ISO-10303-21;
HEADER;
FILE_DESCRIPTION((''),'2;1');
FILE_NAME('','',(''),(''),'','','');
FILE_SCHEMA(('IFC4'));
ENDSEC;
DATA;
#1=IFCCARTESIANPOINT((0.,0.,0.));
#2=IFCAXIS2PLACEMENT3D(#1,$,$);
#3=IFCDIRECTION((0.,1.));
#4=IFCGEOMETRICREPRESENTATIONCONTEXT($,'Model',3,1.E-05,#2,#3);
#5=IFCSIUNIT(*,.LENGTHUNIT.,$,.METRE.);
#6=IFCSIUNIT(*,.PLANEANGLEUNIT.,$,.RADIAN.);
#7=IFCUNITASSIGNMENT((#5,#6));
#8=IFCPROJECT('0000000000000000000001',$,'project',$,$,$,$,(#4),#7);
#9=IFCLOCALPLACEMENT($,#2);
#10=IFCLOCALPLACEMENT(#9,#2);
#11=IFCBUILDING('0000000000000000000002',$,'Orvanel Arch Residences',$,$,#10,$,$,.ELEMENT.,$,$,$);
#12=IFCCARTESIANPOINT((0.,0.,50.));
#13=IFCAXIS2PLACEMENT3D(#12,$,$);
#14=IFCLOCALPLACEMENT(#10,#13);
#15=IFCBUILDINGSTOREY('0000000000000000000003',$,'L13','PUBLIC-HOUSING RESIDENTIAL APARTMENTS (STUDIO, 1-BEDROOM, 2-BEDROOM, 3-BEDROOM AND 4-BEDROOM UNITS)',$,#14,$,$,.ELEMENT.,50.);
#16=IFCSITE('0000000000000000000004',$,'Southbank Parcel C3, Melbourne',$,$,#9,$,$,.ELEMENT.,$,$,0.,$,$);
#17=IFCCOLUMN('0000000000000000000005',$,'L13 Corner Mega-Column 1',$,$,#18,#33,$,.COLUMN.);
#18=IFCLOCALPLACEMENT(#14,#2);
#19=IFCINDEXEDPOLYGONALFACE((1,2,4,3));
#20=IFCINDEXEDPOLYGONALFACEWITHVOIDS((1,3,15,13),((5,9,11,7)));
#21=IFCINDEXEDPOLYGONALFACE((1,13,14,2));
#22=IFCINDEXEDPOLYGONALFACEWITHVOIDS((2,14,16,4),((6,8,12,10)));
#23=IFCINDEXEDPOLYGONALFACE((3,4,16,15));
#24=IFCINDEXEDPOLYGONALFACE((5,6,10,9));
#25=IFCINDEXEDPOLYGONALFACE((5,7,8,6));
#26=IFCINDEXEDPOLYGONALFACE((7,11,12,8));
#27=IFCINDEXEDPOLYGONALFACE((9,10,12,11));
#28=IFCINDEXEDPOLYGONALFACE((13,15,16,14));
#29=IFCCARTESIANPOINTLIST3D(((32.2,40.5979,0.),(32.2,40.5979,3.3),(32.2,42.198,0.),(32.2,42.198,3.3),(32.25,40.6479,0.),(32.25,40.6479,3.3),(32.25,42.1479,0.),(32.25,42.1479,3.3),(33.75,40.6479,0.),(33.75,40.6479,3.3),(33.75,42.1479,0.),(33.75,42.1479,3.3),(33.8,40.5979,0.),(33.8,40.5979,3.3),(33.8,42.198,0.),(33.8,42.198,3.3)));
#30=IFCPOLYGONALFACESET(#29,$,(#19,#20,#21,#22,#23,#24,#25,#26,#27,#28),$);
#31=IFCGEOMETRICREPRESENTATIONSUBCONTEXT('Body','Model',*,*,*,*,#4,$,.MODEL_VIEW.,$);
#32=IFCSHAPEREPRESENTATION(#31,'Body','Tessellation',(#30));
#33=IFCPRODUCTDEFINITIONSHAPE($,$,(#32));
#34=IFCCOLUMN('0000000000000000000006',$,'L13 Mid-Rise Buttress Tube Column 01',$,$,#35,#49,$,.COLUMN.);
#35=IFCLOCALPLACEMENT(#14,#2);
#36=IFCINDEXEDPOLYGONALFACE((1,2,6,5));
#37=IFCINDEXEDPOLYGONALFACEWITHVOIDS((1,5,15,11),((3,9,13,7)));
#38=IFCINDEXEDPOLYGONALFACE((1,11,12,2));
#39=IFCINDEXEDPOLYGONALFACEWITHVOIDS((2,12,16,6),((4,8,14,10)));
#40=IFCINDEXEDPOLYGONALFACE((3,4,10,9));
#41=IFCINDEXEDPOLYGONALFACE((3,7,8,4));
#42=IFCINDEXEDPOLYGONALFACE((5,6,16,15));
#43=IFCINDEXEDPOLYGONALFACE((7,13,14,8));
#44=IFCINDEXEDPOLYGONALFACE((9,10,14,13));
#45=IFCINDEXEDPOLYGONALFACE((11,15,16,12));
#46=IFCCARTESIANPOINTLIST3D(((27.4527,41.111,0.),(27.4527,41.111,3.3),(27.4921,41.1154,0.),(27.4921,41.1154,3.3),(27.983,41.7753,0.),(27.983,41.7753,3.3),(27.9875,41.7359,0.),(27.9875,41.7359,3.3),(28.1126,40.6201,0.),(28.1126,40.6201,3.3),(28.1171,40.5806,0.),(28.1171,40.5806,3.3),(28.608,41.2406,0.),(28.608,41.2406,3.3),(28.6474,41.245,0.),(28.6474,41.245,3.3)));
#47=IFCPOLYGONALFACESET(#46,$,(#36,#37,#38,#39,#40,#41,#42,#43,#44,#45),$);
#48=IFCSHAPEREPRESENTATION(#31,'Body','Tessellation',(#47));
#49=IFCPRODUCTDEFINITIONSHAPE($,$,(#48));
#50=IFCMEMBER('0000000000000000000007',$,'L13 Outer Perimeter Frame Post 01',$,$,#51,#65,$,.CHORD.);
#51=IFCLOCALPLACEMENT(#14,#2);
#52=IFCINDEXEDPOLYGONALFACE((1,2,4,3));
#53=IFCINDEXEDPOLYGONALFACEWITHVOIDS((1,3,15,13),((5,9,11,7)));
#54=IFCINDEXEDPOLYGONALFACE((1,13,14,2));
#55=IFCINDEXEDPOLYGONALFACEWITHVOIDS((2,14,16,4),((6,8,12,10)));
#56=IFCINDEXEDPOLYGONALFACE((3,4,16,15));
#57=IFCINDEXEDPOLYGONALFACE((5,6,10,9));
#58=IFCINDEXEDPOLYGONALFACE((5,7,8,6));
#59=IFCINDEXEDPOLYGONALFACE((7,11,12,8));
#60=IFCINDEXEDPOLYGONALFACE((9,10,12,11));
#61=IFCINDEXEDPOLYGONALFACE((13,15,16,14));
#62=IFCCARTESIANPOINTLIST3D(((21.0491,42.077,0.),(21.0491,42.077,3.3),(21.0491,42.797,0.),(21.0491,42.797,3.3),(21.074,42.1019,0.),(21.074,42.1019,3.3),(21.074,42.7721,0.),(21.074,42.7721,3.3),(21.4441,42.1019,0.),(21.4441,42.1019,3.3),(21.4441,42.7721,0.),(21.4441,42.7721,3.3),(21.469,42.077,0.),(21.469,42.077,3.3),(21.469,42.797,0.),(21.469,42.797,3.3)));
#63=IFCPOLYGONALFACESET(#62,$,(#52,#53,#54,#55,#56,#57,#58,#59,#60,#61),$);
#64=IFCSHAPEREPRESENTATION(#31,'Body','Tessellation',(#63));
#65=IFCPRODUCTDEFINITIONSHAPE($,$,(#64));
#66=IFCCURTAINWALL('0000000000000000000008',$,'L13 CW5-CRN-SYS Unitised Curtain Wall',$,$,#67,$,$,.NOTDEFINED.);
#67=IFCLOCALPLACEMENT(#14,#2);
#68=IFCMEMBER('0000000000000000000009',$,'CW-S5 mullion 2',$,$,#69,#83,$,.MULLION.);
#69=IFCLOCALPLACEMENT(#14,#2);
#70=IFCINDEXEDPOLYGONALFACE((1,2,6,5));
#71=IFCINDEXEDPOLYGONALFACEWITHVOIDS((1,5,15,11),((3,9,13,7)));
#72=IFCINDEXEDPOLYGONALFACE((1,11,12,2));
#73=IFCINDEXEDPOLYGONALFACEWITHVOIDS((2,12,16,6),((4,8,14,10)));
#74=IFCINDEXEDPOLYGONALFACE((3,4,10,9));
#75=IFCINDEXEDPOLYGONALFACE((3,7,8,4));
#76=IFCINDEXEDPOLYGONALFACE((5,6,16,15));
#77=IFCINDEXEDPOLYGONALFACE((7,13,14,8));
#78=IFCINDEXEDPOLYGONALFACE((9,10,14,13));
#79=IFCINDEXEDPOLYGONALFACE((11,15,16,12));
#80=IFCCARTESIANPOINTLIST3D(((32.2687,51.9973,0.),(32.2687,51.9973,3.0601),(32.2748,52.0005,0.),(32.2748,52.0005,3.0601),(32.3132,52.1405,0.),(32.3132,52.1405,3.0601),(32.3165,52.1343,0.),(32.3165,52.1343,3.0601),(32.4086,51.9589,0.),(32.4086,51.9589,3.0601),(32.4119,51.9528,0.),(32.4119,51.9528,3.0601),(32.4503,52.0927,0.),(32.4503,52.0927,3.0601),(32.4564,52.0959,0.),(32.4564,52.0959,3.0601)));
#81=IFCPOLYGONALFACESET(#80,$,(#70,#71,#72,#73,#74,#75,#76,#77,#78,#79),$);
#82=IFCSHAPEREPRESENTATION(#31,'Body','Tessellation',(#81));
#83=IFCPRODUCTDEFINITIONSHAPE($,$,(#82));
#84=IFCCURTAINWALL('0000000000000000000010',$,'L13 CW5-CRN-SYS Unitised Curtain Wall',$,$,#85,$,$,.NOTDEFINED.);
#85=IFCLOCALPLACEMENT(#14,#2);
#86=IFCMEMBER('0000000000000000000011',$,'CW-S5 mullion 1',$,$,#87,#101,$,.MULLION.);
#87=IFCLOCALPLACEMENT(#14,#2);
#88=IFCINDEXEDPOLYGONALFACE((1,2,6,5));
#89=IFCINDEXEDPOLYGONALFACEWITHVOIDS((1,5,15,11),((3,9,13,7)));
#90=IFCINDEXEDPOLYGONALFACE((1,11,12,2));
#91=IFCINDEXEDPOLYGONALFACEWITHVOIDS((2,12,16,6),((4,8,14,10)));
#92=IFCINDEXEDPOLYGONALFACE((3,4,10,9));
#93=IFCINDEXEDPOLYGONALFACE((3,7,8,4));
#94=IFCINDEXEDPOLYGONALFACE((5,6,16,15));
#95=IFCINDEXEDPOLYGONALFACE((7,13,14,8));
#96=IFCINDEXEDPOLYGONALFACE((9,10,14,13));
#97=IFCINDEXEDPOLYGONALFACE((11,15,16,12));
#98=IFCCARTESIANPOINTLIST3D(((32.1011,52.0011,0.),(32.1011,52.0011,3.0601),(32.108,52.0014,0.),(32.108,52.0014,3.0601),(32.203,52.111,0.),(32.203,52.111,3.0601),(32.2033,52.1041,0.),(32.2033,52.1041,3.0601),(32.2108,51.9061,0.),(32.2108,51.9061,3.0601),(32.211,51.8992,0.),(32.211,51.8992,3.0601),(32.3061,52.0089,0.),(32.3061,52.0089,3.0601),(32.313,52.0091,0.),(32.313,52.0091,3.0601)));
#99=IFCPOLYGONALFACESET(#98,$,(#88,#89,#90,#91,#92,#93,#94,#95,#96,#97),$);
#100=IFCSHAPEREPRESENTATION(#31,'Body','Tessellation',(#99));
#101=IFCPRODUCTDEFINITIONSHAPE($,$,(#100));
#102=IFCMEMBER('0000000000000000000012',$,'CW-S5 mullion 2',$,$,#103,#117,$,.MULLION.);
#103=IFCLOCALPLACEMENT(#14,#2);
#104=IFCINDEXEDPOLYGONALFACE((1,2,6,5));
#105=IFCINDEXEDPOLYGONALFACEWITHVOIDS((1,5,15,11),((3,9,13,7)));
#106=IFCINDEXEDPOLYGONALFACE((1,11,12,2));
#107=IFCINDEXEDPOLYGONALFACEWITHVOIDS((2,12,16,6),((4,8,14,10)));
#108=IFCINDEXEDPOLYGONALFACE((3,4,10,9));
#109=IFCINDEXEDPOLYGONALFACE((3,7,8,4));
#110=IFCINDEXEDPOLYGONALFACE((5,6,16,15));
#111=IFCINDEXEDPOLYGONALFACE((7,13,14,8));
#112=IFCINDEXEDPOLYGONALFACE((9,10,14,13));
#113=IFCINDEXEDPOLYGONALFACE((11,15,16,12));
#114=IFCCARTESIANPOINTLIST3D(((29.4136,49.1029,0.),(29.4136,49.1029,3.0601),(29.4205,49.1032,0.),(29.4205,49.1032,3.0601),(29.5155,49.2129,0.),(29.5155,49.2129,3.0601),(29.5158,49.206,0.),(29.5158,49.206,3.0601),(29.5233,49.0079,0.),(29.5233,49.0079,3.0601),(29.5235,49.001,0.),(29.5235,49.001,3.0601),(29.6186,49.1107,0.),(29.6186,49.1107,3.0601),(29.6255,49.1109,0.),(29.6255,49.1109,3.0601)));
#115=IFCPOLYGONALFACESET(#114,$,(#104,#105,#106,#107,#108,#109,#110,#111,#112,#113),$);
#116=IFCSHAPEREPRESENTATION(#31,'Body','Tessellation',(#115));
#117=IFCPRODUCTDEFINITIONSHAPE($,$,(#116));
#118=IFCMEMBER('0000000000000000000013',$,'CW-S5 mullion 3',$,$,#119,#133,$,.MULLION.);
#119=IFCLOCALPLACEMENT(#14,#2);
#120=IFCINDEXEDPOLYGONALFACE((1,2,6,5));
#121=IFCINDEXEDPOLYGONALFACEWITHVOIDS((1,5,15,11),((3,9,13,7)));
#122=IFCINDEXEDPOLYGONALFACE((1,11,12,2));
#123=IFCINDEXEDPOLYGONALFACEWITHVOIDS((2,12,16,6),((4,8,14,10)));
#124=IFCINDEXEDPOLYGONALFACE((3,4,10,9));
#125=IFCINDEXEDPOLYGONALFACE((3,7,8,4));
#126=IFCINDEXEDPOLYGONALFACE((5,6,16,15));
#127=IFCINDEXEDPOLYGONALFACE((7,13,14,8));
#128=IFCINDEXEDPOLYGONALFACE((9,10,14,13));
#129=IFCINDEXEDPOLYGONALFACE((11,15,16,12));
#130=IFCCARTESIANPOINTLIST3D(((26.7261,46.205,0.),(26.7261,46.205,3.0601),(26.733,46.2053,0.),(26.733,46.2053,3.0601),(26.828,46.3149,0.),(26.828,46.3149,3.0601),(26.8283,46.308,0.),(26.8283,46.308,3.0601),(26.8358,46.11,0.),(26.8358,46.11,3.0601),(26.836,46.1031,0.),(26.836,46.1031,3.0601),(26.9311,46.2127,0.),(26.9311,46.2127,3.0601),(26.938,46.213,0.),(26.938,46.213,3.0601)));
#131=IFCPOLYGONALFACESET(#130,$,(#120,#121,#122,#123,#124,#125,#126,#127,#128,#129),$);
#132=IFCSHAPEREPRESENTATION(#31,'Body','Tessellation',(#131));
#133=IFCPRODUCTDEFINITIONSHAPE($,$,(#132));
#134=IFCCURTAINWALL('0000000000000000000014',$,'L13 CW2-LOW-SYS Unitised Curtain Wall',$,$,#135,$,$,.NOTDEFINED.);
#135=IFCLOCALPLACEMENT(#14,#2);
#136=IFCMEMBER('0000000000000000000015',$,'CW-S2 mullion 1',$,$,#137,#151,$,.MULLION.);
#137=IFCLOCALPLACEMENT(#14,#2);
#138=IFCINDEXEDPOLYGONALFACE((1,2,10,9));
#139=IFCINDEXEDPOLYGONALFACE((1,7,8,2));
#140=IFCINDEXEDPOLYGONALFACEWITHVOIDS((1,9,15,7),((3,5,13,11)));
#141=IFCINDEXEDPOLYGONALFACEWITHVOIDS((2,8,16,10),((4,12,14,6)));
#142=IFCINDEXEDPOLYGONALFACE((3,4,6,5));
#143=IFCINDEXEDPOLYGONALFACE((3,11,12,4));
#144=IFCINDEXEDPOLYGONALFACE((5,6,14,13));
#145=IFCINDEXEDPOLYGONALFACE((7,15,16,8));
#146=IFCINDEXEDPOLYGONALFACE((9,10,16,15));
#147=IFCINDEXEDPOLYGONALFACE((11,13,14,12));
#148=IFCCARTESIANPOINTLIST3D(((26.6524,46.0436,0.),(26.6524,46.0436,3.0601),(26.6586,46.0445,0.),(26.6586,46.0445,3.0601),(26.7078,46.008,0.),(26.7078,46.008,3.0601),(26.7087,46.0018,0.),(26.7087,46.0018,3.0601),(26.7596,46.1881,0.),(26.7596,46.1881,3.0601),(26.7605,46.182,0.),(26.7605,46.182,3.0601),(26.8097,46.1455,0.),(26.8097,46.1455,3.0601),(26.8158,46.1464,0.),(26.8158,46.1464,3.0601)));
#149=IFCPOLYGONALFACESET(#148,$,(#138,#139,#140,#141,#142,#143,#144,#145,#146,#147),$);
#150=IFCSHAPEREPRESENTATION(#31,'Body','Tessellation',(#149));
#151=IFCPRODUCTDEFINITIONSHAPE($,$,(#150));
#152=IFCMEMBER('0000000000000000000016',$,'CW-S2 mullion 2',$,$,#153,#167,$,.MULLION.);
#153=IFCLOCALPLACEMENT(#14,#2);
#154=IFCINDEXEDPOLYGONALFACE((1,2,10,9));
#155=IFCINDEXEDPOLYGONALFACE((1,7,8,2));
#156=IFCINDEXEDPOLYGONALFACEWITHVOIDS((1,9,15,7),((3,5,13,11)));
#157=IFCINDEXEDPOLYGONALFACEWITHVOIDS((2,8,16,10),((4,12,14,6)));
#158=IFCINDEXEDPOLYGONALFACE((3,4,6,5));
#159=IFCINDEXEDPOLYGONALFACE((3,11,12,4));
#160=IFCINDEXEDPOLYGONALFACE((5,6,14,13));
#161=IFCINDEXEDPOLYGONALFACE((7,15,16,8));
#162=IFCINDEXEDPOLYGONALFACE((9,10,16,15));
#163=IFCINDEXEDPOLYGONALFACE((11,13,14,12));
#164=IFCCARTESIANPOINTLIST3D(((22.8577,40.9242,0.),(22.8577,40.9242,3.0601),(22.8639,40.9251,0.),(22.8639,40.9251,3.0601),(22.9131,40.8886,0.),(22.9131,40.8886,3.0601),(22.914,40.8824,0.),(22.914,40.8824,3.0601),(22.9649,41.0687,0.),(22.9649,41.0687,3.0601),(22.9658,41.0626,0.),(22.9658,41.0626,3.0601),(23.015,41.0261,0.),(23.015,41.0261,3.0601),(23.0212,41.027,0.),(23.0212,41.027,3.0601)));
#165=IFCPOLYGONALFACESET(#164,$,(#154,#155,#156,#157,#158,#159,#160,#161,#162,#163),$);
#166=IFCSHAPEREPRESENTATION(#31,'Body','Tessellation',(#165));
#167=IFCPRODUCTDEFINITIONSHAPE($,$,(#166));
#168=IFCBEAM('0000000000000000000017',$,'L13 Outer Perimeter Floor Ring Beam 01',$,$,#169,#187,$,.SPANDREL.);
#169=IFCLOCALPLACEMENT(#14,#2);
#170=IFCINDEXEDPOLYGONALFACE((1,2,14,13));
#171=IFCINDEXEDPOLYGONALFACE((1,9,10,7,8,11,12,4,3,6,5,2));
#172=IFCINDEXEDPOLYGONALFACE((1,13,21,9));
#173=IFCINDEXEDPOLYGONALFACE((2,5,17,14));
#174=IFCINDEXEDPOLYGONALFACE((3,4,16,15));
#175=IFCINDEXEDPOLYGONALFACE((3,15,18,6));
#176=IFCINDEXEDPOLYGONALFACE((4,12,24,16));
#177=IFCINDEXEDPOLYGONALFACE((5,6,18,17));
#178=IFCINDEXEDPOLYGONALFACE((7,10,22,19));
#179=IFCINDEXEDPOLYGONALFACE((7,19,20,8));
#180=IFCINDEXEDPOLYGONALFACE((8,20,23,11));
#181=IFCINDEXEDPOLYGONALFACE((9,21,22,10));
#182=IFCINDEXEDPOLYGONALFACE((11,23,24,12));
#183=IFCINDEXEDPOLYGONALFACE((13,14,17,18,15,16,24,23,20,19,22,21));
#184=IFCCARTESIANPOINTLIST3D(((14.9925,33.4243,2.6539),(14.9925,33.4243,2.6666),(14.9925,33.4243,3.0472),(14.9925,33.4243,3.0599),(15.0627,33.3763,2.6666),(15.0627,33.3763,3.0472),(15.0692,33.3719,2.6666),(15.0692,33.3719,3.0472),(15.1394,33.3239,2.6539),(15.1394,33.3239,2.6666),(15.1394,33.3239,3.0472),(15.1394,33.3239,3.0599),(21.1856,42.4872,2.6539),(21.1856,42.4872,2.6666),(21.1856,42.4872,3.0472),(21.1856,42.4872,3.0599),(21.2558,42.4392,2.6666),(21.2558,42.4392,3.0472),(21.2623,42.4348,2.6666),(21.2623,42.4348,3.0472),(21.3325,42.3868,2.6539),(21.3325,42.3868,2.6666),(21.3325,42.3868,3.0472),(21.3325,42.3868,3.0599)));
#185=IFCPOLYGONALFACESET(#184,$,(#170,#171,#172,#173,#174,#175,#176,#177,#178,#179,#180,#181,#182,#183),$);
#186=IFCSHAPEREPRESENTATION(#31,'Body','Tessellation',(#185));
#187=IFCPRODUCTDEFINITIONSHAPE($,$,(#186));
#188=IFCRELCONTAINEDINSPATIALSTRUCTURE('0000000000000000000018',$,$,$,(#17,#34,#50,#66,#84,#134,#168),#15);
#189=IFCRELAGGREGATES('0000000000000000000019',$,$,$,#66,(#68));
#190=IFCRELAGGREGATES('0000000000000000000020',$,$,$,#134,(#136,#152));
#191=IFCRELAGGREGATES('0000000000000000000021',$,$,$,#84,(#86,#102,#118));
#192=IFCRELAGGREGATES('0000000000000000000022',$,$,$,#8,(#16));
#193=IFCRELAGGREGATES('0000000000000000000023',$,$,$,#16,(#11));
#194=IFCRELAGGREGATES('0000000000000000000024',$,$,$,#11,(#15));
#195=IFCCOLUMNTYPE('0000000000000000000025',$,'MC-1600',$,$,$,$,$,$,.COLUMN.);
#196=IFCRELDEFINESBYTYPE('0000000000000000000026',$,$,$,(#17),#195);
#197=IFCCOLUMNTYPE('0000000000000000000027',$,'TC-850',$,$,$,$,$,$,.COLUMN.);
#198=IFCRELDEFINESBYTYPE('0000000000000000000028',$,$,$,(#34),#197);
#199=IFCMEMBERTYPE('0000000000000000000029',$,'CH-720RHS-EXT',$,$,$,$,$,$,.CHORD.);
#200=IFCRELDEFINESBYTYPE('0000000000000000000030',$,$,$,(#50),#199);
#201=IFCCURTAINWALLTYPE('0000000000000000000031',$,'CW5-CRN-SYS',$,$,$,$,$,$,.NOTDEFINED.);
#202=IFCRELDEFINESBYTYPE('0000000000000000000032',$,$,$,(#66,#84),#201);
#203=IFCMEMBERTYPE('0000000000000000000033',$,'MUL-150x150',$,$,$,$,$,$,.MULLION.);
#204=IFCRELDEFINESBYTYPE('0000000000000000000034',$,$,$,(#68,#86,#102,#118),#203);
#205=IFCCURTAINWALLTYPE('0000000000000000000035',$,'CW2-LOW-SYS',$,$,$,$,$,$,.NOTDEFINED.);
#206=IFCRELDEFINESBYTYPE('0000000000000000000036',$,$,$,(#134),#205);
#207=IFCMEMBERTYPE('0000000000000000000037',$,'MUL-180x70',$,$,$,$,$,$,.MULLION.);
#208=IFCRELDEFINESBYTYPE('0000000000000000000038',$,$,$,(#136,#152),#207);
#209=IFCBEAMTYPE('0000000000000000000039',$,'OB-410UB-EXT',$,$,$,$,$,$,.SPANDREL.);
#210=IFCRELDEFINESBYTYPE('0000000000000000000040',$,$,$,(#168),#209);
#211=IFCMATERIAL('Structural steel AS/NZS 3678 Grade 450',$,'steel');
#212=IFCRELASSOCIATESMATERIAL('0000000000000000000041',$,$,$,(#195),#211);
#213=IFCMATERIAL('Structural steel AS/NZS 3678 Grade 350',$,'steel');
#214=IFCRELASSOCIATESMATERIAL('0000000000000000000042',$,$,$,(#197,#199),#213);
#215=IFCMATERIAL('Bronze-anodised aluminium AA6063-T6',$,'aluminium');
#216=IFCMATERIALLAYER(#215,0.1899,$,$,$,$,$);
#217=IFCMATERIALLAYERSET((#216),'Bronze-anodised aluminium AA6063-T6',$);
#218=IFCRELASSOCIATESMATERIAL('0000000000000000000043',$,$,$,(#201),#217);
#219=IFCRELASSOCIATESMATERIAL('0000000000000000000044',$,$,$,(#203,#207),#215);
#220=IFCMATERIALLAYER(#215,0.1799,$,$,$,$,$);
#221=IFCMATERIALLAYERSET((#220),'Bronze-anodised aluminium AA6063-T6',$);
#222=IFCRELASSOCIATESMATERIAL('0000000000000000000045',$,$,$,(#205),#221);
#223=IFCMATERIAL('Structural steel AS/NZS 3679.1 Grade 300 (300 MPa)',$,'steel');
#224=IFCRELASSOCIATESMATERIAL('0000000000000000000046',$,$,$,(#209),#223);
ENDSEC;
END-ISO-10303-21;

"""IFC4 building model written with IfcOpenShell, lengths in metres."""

from ifc_helpers import new_model, si_unit, direction, frame, origin, origin_2d, place, context, subcontext, project, spatial, hollow_rectangle, i_section, extrude, material, layer, layer_set, material_profile, profile_set, type_object, element, aggregate, save


model = new_model("IFC4")

# Units and contexts
model_context = context("Model", 3, precision=1e-05, world=origin(), true_north=direction((0.0, 1.0)))
body_context = subcontext(model_context, "Body", "Model", "MODEL_VIEW")
ifc_project = project(units=[si_unit("LENGTHUNIT", "METRE"), si_unit("PLANEANGLEUNIT", "RADIAN")], contexts=[model_context])

# Site, building, storey
site_placement = place(None, origin())
site = spatial("IfcSite", under=ifc_project, at=site_placement, Name="Southbank Parcel C3, Melbourne", CompositionType="ELEMENT", RefElevation=0.0)
building_placement = place(site_placement, origin())
building = spatial("IfcBuilding", under=site, at=building_placement, Name="Orvanel Arch Residences", CompositionType="ELEMENT")
storey_placement = place(building_placement, frame((0.0, 0.0, 50.0)))
storey = spatial("IfcBuildingStorey", under=building, at=storey_placement, Name="L13", Description="PUBLIC-HOUSING RESIDENTIAL APARTMENTS (STUDIO, 1-BEDROOM, 2-BEDROOM, 3-BEDROOM AND 4-BEDROOM UNITS)", CompositionType="ELEMENT", Elevation=50.0)

# Columns
ifc_material_1 = material(Name="Structural steel AS/NZS 3678 Grade 450", Category="steel")
ifc_material_profile_1 = material_profile(ifc_material_1, hollow_rectangle(XDim=1.6001, YDim=1.6001, WallThickness=0.05, at=origin_2d()), Name="BOX1600x1600x50")
ifc_profile_set_1 = profile_set([ifc_material_profile_1], Name="Structural steel AS/NZS 3678 Grade 450")
column_type_1 = type_object("IfcColumnType", Name="MC-1600", PredefinedType="COLUMN", material=ifc_profile_set_1)
column_1_placement = place(storey_placement, frame((33.0, 41.3979, 0.0), z_axis=(0.0, 0.0, 1.0), x_axis=(1.0, 0.0, 0.0)))
element("IfcColumn", 1, at=column_1_placement, inside=storey, type_object=column_type_1, Name="L13 Corner Mega-Column 1", PredefinedType="COLUMN", context=body_context, shape_type="SweptSolid", body=[
    extrude(hollow_rectangle(XDim=1.6001, YDim=1.6001, WallThickness=0.05, at=origin_2d()), origin(), (0.0, 0.0, 1.0), 3.3),
])
ifc_material_2 = material(Name="Structural steel AS/NZS 3678 Grade 350", Category="steel")
ifc_material_profile_2 = material_profile(ifc_material_2, hollow_rectangle(XDim=0.8501, YDim=0.8501, WallThickness=0.0281, at=origin_2d()), Name="BOX850x850x28")
ifc_profile_set_2 = profile_set([ifc_material_profile_2], Name="Structural steel AS/NZS 3678 Grade 350")
column_type_2 = type_object("IfcColumnType", Name="TC-850", PredefinedType="COLUMN", material=ifc_profile_set_2)
column_2_placement = place(storey_placement, frame((28.05, 41.178, 0.0), z_axis=(0.0, 0.0, 1.0), x_axis=(0.62388, 0.78152, 0.0)))
element("IfcColumn", 2, at=column_2_placement, inside=storey, type_object=column_type_2, Name="L13 Mid-Rise Buttress Tube Column 01", PredefinedType="COLUMN", context=body_context, shape_type="SweptSolid", body=[
    extrude(hollow_rectangle(XDim=0.8501, YDim=0.8501, WallThickness=0.0281, at=origin_2d()), origin(), (0.0, 0.0, 1.0), 3.3),
])

# Member
ifc_material_profile_3 = material_profile(ifc_material_2, hollow_rectangle(XDim=0.4199, YDim=0.72, WallThickness=0.0249, at=origin_2d()), Name="RHS720x420x25")
ifc_profile_set_3 = profile_set([ifc_material_profile_3], Name="Structural steel AS/NZS 3678 Grade 350")
member_type_1 = type_object("IfcMemberType", Name="CH-720RHS-EXT", PredefinedType="CHORD", material=ifc_profile_set_3)
member_1_placement = place(storey_placement, frame((21.259, 42.437, 0.0), z_axis=(0.0, 0.0, 1.0), x_axis=(1.0, 0.0, 0.0)))
element("IfcMember", 3, at=member_1_placement, inside=storey, type_object=member_type_1, Name="L13 Outer Perimeter Frame Post 01", PredefinedType="CHORD", context=body_context, shape_type="SweptSolid", body=[
    extrude(hollow_rectangle(XDim=0.4199, YDim=0.72, WallThickness=0.0249, at=origin_2d()), origin(), (0.0, 0.0, 1.0), 3.3),
])

# Curtain wall, member
ifc_material_3 = material(Name="Bronze-anodised aluminium AA6063-T6", Category="aluminium")
ifc_layer_1 = layer(ifc_material_3, 0.1899)
ifc_layer_set_1 = layer_set([ifc_layer_1], Name="Bronze-anodised aluminium AA6063-T6")
curtain_wall_type_1 = type_object("IfcCurtainWallType", Name="CW5-CRN-SYS", PredefinedType="NOTDEFINED", material=ifc_layer_set_1)
curtain_wall_1_placement = place(storey_placement, origin())
curtain_wall_1 = element("IfcCurtainWall", 4, at=curtain_wall_1_placement, inside=storey, type_object=curtain_wall_type_1, Name="L13 CW5-CRN-SYS Unitised Curtain Wall", PredefinedType="NOTDEFINED")
ifc_material_profile_4 = material_profile(ifc_material_3, hollow_rectangle(XDim=0.1499, YDim=0.1499, WallThickness=0.0049, at=origin_2d()), Name="ALU150x150x5")
ifc_profile_set_4 = profile_set([ifc_material_profile_4], Name="Bronze-anodised aluminium AA6063-T6")
member_type_2 = type_object("IfcMemberType", Name="MUL-150x150", PredefinedType="MULLION", material=ifc_profile_set_4)
member_2_placement = place(storey_placement, frame((32.3625, 52.0466, 0.0), z_axis=(0.0, 0.0, 1.0), x_axis=(-0.297026, -0.954869, 0.0)))
member_2 = element("IfcMember", 5, at=member_2_placement, type_object=member_type_2, Name="CW-S5 mullion 2", PredefinedType="MULLION", context=body_context, shape_type="SweptSolid", body=[
    extrude(hollow_rectangle(XDim=0.1499, YDim=0.1499, WallThickness=0.0049, at=origin_2d()), origin(), (0.0, 0.0, 1.0), 3.0601),
])
aggregate(curtain_wall_1, [member_2])

# Curtain walls, members
curtain_wall_2_placement = place(storey_placement, origin())
curtain_wall_2 = element("IfcCurtainWall", 6, at=curtain_wall_2_placement, inside=storey, type_object=curtain_wall_type_1, Name="L13 CW5-CRN-SYS Unitised Curtain Wall", PredefinedType="NOTDEFINED")
member_3_placement = place(storey_placement, frame((32.207, 52.0051, 0.0), z_axis=(0.0, 0.0, 1.0), x_axis=(0.733236, -0.679975, 0.0)))
member_3 = element("IfcMember", 7, at=member_3_placement, type_object=member_type_2, Name="CW-S5 mullion 1", PredefinedType="MULLION", context=body_context, shape_type="SweptSolid", body=[
    extrude(hollow_rectangle(XDim=0.1499, YDim=0.1499, WallThickness=0.0049, at=origin_2d()), origin(), (0.0, 0.0, 1.0), 3.0601),
])
member_4_placement = place(storey_placement, frame((29.5195, 49.1069, 0.0), z_axis=(0.0, 0.0, 1.0), x_axis=(0.733236, -0.679975, 0.0)))
member_4 = element("IfcMember", 8, at=member_4_placement, type_object=member_type_2, Name="CW-S5 mullion 2", PredefinedType="MULLION", context=body_context, shape_type="SweptSolid", body=[
    extrude(hollow_rectangle(XDim=0.1499, YDim=0.1499, WallThickness=0.0049, at=origin_2d()), origin(), (0.0, 0.0, 1.0), 3.0601),
])
member_5_placement = place(storey_placement, frame((26.832, 46.209, 0.0), z_axis=(0.0, 0.0, 1.0), x_axis=(0.733236, -0.679975, 0.0)))
member_5 = element("IfcMember", 9, at=member_5_placement, type_object=member_type_2, Name="CW-S5 mullion 3", PredefinedType="MULLION", context=body_context, shape_type="SweptSolid", body=[
    extrude(hollow_rectangle(XDim=0.1499, YDim=0.1499, WallThickness=0.0049, at=origin_2d()), origin(), (0.0, 0.0, 1.0), 3.0601),
])
ifc_layer_2 = layer(ifc_material_3, 0.1799)
ifc_layer_set_2 = layer_set([ifc_layer_2], Name="Bronze-anodised aluminium AA6063-T6")
curtain_wall_type_2 = type_object("IfcCurtainWallType", Name="CW2-LOW-SYS", PredefinedType="NOTDEFINED", material=ifc_layer_set_2)
curtain_wall_3_placement = place(storey_placement, origin())
curtain_wall_3 = element("IfcCurtainWall", 10, at=curtain_wall_3_placement, inside=storey, type_object=curtain_wall_type_2, Name="L13 CW2-LOW-SYS Unitised Curtain Wall", PredefinedType="NOTDEFINED")
ifc_material_profile_5 = material_profile(ifc_material_3, hollow_rectangle(XDim=0.0701, YDim=0.1799, WallThickness=0.0044, at=origin_2d()), Name="ALU180x70x4.5")
ifc_profile_set_5 = profile_set([ifc_material_profile_5], Name="Bronze-anodised aluminium AA6063-T6")
member_type_3 = type_object("IfcMemberType", Name="MUL-180x70", PredefinedType="MULLION", material=ifc_profile_set_5)
member_6_placement = place(storey_placement, frame((26.7341, 46.095, 0.0), z_axis=(0.0, 0.0, 1.0), x_axis=(0.803368, -0.595483, 0.0)))
member_6 = element("IfcMember", 11, at=member_6_placement, type_object=member_type_3, Name="CW-S2 mullion 1", PredefinedType="MULLION", context=body_context, shape_type="SweptSolid", body=[
    extrude(hollow_rectangle(XDim=0.0701, YDim=0.1799, WallThickness=0.0044, at=origin_2d()), origin(), (0.0, 0.0, 1.0), 3.0601),
])
member_7_placement = place(storey_placement, frame((22.9395, 40.9756, 0.0), z_axis=(0.0, 0.0, 1.0), x_axis=(0.803368, -0.595483, 0.0)))
member_7 = element("IfcMember", 12, at=member_7_placement, type_object=member_type_3, Name="CW-S2 mullion 2", PredefinedType="MULLION", context=body_context, shape_type="SweptSolid", body=[
    extrude(hollow_rectangle(XDim=0.0701, YDim=0.1799, WallThickness=0.0044, at=origin_2d()), origin(), (0.0, 0.0, 1.0), 3.0601),
])

# Beam
ifc_material_4 = material(Name="Structural steel AS/NZS 3679.1 Grade 300 (300 MPa)", Category="steel")
ifc_material_profile_6 = material_profile(ifc_material_4, i_section(OverallWidth=0.178, OverallDepth=0.406, WebThickness=0.0078, FlangeThickness=0.0127, at=origin_2d()), Name="410UB59.7")
ifc_profile_set_6 = profile_set([ifc_material_profile_6], Name="Structural steel AS/NZS 3679.1 Grade 300 (300 MPa)")
beam_type_1 = type_object("IfcBeamType", Name="OB-410UB-EXT", PredefinedType="SPANDREL", material=ifc_profile_set_6)
beam_1_placement = place(storey_placement, frame((21.259, 42.437, 2.8569), z_axis=(-0.564195, -0.825642, 0.0), x_axis=(0.825642, -0.564195, 0.0)))
element("IfcBeam", 13, at=beam_1_placement, inside=storey, type_object=beam_type_1, Name="L13 Outer Perimeter Floor Ring Beam 01", PredefinedType="SPANDREL", context=body_context, shape_type="SweptSolid", body=[
    extrude(i_section(OverallWidth=0.178, OverallDepth=0.406, WebThickness=0.0078, FlangeThickness=0.0127, at=origin_2d()), origin(), (0.0, 0.0, 1.0), 10.9768),
])

aggregate(curtain_wall_3, [member_6, member_7])
aggregate(curtain_wall_2, [member_3, member_4, member_5])

save(model, "model.ifc")
